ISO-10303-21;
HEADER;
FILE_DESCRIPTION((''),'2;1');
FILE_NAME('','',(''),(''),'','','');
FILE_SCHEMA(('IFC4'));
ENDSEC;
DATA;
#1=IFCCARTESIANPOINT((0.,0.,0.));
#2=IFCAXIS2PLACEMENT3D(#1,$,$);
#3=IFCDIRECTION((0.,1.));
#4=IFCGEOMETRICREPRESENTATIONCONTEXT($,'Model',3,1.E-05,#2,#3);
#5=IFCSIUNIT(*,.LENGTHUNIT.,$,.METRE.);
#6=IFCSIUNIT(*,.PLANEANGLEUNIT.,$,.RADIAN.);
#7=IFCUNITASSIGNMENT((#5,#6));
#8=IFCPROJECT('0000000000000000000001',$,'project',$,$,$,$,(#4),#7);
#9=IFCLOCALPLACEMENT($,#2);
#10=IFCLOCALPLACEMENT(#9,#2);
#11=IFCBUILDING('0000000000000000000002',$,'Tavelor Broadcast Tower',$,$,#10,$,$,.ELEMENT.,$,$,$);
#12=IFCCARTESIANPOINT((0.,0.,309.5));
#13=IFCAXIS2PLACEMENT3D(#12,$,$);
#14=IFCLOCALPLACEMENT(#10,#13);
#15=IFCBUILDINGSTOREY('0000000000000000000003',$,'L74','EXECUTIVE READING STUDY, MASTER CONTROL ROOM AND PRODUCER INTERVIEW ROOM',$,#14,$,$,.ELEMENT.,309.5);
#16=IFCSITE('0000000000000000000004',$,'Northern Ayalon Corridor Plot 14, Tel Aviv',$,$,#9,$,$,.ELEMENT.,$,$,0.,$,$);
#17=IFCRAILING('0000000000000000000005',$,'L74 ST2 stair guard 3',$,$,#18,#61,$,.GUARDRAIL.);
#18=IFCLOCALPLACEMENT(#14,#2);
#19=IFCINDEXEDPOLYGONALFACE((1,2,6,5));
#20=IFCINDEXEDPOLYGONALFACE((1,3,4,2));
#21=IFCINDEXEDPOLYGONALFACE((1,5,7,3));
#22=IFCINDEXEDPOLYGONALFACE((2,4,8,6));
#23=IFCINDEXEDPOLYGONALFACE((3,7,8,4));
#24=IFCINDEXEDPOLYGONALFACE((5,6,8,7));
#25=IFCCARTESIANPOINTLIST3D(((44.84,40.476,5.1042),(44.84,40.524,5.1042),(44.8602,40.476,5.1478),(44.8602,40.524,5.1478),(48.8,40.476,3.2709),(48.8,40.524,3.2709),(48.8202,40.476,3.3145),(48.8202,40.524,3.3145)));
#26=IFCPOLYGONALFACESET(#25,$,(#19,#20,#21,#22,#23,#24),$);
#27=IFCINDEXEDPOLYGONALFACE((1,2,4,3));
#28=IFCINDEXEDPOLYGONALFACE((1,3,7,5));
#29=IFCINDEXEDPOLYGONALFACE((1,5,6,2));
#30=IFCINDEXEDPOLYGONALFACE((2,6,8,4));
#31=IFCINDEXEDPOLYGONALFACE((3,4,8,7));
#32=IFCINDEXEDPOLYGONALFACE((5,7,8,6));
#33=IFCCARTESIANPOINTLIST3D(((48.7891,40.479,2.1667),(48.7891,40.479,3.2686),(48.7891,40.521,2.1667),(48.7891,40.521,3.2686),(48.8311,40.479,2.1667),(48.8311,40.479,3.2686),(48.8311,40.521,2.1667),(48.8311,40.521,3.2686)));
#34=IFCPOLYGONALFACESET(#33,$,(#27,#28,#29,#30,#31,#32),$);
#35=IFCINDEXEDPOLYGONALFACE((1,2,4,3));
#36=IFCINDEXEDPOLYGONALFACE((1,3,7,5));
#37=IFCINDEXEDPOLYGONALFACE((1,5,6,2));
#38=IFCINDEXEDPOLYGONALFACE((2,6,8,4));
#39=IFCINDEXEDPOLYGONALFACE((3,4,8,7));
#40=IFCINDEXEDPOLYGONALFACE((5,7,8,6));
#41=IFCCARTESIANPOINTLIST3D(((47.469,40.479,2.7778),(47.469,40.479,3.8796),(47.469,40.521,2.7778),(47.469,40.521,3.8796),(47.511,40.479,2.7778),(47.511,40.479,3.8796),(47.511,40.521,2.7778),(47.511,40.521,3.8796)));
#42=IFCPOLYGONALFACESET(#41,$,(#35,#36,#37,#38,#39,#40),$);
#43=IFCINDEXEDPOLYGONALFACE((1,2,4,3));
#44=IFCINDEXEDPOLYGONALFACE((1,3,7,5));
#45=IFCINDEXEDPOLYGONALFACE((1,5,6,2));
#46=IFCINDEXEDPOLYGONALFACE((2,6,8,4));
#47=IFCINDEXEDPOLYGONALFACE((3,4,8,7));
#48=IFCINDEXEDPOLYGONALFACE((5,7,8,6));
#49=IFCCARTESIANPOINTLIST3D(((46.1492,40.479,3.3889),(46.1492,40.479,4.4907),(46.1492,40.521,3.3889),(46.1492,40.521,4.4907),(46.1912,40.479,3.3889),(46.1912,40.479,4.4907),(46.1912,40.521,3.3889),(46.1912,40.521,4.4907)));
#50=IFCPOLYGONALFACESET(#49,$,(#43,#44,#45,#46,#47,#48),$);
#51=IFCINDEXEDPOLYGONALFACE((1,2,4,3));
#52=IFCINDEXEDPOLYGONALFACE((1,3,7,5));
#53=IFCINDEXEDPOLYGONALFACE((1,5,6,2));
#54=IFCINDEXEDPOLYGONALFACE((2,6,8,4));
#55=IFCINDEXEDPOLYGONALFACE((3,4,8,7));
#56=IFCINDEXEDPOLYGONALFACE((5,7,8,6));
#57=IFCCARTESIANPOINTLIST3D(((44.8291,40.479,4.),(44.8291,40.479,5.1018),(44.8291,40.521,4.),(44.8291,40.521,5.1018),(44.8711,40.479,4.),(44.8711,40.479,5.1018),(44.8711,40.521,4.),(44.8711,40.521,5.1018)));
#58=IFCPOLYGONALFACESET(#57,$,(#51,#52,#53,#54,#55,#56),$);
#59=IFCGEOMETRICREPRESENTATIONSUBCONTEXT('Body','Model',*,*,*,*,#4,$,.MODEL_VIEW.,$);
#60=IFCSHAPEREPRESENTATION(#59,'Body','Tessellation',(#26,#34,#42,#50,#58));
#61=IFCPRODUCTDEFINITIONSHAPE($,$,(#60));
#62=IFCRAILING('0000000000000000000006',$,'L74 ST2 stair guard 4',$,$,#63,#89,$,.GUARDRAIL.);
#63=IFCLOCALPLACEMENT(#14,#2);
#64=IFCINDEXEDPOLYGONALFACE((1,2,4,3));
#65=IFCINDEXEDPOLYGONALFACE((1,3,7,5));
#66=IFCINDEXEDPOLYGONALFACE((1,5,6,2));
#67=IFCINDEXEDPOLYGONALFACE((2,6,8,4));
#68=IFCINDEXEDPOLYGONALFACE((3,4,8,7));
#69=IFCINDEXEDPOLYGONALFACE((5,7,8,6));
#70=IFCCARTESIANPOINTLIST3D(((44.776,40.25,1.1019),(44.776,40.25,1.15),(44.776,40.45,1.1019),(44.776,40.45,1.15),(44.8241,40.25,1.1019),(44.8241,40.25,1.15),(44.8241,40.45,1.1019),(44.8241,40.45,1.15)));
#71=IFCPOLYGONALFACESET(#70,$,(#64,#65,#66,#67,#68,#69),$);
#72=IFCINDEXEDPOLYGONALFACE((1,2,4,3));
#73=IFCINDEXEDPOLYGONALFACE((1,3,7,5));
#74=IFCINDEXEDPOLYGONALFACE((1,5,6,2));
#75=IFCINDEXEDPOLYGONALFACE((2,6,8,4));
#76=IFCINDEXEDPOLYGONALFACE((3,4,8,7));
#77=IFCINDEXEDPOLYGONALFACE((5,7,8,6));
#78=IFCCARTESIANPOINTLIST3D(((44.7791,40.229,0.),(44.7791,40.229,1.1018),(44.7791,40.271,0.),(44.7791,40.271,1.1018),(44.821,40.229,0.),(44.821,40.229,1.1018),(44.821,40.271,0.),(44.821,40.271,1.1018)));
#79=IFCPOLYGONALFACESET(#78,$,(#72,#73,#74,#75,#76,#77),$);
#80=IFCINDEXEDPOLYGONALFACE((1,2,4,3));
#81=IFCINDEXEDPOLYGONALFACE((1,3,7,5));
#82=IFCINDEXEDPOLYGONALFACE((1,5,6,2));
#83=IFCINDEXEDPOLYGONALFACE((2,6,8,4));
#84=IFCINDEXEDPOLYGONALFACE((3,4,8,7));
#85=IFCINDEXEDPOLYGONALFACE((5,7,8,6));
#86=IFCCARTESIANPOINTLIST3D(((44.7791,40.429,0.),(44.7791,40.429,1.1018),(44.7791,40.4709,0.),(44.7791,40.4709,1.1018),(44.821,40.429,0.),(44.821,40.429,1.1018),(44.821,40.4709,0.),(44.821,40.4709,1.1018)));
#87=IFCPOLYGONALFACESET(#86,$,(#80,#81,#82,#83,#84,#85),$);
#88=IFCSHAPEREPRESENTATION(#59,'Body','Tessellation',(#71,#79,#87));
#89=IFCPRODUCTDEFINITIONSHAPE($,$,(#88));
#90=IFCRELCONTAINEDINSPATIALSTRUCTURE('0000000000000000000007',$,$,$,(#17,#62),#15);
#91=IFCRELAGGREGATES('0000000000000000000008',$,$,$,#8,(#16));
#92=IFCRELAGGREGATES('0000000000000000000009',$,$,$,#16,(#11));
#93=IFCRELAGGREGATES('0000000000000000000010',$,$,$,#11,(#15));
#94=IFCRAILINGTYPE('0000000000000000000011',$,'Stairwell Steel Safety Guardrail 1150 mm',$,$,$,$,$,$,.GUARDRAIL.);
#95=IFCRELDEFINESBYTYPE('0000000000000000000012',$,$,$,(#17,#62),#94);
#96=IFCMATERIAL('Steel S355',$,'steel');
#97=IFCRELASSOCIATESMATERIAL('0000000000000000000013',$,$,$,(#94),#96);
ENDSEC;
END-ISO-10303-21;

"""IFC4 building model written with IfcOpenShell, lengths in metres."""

from ifc_helpers import new_model, si_unit, direction, frame, origin, origin_2d, place, context, subcontext, project, spatial, rectangle, extrude, material, type_object, element, save


model = new_model("IFC4")

# Units and contexts
model_context = context("Model", 3, precision=1e-05, world=origin(), true_north=direction((0.0, 1.0)))
body_context = subcontext(model_context, "Body", "Model", "MODEL_VIEW")
ifc_project = project(units=[si_unit("LENGTHUNIT", "METRE"), si_unit("PLANEANGLEUNIT", "RADIAN")], contexts=[model_context])

# Site, building, storey
site_placement = place(None, origin())
site = spatial("IfcSite", under=ifc_project, at=site_placement, Name="Northern Ayalon Corridor Plot 14, Tel Aviv", CompositionType="ELEMENT", RefElevation=0.0)
building_placement = place(site_placement, origin())
building = spatial("IfcBuilding", under=site, at=building_placement, Name="Tavelor Broadcast Tower", CompositionType="ELEMENT")
storey_placement = place(building_placement, frame((0.0, 0.0, 309.5)))
storey = spatial("IfcBuildingStorey", under=building, at=storey_placement, Name="L74", Description="EXECUTIVE READING STUDY, MASTER CONTROL ROOM AND PRODUCER INTERVIEW ROOM", CompositionType="ELEMENT", Elevation=309.5)

# Shared definitions
ifc_material_1 = material(Name="Steel S355", Category="steel")

# Railings
railing_type_1 = type_object("IfcRailingType", Name="Stairwell Steel Safety Guardrail 1150 mm", PredefinedType="GUARDRAIL", material=ifc_material_1)
railing_1_placement = place(storey_placement, frame((48.8101, 40.5, 2.1667)))
element("IfcRailing", 1, at=railing_1_placement, inside=storey, type_object=railing_type_1, Name="L74 ST2 stair guard 3", PredefinedType="GUARDRAIL", context=body_context, shape_type="SweptSolid", body=[
    extrude(rectangle(XDim=0.0481, YDim=0.0481, at=origin_2d()), frame((0.0, 0.0, 1.126), z_axis=(-0.907472, 0.0, 0.420112), x_axis=(0.0, -1.0, 0.0)), (0.0, 0.0, 1.0), 4.3638),
    extrude(rectangle(XDim=0.042, YDim=0.042, at=origin_2d()), origin(), (0.0, 0.0, 1.0), 1.1018),
    extrude(rectangle(XDim=0.042, YDim=0.042, at=origin_2d()), frame((-1.3201, 0.0, 0.6111)), (0.0, 0.0, 1.0), 1.1018),
    extrude(rectangle(XDim=0.042, YDim=0.042, at=origin_2d()), frame((-2.6399, 0.0, 1.2222)), (0.0, 0.0, 1.0), 1.1018),
    extrude(rectangle(XDim=0.042, YDim=0.042, at=origin_2d()), frame((-3.96, 0.0, 1.8333)), (0.0, 0.0, 1.0), 1.1018),
])
railing_2_placement = place(storey_placement, frame((44.8, 40.25, 0.0)))
element("IfcRailing", 2, at=railing_2_placement, inside=storey, type_object=railing_type_1, Name="L74 ST2 stair guard 4", PredefinedType="GUARDRAIL", context=body_context, shape_type="SweptSolid", body=[
    extrude(rectangle(XDim=0.0481, YDim=0.0481, at=origin_2d()), frame((0.0, 0.0, 1.126), z_axis=(0.0, 1.0, 0.0), x_axis=(-1.0, 0.0, 0.0)), (0.0, 0.0, 1.0), 0.2),
    extrude(rectangle(XDim=0.042, YDim=0.042, at=origin_2d()), origin(), (0.0, 0.0, 1.0), 1.1018),
    extrude(rectangle(XDim=0.042, YDim=0.042, at=origin_2d()), frame((0.0, 0.2, 0.0)), (0.0, 0.0, 1.0), 1.1018),
])

save(model, "model.ifc")
